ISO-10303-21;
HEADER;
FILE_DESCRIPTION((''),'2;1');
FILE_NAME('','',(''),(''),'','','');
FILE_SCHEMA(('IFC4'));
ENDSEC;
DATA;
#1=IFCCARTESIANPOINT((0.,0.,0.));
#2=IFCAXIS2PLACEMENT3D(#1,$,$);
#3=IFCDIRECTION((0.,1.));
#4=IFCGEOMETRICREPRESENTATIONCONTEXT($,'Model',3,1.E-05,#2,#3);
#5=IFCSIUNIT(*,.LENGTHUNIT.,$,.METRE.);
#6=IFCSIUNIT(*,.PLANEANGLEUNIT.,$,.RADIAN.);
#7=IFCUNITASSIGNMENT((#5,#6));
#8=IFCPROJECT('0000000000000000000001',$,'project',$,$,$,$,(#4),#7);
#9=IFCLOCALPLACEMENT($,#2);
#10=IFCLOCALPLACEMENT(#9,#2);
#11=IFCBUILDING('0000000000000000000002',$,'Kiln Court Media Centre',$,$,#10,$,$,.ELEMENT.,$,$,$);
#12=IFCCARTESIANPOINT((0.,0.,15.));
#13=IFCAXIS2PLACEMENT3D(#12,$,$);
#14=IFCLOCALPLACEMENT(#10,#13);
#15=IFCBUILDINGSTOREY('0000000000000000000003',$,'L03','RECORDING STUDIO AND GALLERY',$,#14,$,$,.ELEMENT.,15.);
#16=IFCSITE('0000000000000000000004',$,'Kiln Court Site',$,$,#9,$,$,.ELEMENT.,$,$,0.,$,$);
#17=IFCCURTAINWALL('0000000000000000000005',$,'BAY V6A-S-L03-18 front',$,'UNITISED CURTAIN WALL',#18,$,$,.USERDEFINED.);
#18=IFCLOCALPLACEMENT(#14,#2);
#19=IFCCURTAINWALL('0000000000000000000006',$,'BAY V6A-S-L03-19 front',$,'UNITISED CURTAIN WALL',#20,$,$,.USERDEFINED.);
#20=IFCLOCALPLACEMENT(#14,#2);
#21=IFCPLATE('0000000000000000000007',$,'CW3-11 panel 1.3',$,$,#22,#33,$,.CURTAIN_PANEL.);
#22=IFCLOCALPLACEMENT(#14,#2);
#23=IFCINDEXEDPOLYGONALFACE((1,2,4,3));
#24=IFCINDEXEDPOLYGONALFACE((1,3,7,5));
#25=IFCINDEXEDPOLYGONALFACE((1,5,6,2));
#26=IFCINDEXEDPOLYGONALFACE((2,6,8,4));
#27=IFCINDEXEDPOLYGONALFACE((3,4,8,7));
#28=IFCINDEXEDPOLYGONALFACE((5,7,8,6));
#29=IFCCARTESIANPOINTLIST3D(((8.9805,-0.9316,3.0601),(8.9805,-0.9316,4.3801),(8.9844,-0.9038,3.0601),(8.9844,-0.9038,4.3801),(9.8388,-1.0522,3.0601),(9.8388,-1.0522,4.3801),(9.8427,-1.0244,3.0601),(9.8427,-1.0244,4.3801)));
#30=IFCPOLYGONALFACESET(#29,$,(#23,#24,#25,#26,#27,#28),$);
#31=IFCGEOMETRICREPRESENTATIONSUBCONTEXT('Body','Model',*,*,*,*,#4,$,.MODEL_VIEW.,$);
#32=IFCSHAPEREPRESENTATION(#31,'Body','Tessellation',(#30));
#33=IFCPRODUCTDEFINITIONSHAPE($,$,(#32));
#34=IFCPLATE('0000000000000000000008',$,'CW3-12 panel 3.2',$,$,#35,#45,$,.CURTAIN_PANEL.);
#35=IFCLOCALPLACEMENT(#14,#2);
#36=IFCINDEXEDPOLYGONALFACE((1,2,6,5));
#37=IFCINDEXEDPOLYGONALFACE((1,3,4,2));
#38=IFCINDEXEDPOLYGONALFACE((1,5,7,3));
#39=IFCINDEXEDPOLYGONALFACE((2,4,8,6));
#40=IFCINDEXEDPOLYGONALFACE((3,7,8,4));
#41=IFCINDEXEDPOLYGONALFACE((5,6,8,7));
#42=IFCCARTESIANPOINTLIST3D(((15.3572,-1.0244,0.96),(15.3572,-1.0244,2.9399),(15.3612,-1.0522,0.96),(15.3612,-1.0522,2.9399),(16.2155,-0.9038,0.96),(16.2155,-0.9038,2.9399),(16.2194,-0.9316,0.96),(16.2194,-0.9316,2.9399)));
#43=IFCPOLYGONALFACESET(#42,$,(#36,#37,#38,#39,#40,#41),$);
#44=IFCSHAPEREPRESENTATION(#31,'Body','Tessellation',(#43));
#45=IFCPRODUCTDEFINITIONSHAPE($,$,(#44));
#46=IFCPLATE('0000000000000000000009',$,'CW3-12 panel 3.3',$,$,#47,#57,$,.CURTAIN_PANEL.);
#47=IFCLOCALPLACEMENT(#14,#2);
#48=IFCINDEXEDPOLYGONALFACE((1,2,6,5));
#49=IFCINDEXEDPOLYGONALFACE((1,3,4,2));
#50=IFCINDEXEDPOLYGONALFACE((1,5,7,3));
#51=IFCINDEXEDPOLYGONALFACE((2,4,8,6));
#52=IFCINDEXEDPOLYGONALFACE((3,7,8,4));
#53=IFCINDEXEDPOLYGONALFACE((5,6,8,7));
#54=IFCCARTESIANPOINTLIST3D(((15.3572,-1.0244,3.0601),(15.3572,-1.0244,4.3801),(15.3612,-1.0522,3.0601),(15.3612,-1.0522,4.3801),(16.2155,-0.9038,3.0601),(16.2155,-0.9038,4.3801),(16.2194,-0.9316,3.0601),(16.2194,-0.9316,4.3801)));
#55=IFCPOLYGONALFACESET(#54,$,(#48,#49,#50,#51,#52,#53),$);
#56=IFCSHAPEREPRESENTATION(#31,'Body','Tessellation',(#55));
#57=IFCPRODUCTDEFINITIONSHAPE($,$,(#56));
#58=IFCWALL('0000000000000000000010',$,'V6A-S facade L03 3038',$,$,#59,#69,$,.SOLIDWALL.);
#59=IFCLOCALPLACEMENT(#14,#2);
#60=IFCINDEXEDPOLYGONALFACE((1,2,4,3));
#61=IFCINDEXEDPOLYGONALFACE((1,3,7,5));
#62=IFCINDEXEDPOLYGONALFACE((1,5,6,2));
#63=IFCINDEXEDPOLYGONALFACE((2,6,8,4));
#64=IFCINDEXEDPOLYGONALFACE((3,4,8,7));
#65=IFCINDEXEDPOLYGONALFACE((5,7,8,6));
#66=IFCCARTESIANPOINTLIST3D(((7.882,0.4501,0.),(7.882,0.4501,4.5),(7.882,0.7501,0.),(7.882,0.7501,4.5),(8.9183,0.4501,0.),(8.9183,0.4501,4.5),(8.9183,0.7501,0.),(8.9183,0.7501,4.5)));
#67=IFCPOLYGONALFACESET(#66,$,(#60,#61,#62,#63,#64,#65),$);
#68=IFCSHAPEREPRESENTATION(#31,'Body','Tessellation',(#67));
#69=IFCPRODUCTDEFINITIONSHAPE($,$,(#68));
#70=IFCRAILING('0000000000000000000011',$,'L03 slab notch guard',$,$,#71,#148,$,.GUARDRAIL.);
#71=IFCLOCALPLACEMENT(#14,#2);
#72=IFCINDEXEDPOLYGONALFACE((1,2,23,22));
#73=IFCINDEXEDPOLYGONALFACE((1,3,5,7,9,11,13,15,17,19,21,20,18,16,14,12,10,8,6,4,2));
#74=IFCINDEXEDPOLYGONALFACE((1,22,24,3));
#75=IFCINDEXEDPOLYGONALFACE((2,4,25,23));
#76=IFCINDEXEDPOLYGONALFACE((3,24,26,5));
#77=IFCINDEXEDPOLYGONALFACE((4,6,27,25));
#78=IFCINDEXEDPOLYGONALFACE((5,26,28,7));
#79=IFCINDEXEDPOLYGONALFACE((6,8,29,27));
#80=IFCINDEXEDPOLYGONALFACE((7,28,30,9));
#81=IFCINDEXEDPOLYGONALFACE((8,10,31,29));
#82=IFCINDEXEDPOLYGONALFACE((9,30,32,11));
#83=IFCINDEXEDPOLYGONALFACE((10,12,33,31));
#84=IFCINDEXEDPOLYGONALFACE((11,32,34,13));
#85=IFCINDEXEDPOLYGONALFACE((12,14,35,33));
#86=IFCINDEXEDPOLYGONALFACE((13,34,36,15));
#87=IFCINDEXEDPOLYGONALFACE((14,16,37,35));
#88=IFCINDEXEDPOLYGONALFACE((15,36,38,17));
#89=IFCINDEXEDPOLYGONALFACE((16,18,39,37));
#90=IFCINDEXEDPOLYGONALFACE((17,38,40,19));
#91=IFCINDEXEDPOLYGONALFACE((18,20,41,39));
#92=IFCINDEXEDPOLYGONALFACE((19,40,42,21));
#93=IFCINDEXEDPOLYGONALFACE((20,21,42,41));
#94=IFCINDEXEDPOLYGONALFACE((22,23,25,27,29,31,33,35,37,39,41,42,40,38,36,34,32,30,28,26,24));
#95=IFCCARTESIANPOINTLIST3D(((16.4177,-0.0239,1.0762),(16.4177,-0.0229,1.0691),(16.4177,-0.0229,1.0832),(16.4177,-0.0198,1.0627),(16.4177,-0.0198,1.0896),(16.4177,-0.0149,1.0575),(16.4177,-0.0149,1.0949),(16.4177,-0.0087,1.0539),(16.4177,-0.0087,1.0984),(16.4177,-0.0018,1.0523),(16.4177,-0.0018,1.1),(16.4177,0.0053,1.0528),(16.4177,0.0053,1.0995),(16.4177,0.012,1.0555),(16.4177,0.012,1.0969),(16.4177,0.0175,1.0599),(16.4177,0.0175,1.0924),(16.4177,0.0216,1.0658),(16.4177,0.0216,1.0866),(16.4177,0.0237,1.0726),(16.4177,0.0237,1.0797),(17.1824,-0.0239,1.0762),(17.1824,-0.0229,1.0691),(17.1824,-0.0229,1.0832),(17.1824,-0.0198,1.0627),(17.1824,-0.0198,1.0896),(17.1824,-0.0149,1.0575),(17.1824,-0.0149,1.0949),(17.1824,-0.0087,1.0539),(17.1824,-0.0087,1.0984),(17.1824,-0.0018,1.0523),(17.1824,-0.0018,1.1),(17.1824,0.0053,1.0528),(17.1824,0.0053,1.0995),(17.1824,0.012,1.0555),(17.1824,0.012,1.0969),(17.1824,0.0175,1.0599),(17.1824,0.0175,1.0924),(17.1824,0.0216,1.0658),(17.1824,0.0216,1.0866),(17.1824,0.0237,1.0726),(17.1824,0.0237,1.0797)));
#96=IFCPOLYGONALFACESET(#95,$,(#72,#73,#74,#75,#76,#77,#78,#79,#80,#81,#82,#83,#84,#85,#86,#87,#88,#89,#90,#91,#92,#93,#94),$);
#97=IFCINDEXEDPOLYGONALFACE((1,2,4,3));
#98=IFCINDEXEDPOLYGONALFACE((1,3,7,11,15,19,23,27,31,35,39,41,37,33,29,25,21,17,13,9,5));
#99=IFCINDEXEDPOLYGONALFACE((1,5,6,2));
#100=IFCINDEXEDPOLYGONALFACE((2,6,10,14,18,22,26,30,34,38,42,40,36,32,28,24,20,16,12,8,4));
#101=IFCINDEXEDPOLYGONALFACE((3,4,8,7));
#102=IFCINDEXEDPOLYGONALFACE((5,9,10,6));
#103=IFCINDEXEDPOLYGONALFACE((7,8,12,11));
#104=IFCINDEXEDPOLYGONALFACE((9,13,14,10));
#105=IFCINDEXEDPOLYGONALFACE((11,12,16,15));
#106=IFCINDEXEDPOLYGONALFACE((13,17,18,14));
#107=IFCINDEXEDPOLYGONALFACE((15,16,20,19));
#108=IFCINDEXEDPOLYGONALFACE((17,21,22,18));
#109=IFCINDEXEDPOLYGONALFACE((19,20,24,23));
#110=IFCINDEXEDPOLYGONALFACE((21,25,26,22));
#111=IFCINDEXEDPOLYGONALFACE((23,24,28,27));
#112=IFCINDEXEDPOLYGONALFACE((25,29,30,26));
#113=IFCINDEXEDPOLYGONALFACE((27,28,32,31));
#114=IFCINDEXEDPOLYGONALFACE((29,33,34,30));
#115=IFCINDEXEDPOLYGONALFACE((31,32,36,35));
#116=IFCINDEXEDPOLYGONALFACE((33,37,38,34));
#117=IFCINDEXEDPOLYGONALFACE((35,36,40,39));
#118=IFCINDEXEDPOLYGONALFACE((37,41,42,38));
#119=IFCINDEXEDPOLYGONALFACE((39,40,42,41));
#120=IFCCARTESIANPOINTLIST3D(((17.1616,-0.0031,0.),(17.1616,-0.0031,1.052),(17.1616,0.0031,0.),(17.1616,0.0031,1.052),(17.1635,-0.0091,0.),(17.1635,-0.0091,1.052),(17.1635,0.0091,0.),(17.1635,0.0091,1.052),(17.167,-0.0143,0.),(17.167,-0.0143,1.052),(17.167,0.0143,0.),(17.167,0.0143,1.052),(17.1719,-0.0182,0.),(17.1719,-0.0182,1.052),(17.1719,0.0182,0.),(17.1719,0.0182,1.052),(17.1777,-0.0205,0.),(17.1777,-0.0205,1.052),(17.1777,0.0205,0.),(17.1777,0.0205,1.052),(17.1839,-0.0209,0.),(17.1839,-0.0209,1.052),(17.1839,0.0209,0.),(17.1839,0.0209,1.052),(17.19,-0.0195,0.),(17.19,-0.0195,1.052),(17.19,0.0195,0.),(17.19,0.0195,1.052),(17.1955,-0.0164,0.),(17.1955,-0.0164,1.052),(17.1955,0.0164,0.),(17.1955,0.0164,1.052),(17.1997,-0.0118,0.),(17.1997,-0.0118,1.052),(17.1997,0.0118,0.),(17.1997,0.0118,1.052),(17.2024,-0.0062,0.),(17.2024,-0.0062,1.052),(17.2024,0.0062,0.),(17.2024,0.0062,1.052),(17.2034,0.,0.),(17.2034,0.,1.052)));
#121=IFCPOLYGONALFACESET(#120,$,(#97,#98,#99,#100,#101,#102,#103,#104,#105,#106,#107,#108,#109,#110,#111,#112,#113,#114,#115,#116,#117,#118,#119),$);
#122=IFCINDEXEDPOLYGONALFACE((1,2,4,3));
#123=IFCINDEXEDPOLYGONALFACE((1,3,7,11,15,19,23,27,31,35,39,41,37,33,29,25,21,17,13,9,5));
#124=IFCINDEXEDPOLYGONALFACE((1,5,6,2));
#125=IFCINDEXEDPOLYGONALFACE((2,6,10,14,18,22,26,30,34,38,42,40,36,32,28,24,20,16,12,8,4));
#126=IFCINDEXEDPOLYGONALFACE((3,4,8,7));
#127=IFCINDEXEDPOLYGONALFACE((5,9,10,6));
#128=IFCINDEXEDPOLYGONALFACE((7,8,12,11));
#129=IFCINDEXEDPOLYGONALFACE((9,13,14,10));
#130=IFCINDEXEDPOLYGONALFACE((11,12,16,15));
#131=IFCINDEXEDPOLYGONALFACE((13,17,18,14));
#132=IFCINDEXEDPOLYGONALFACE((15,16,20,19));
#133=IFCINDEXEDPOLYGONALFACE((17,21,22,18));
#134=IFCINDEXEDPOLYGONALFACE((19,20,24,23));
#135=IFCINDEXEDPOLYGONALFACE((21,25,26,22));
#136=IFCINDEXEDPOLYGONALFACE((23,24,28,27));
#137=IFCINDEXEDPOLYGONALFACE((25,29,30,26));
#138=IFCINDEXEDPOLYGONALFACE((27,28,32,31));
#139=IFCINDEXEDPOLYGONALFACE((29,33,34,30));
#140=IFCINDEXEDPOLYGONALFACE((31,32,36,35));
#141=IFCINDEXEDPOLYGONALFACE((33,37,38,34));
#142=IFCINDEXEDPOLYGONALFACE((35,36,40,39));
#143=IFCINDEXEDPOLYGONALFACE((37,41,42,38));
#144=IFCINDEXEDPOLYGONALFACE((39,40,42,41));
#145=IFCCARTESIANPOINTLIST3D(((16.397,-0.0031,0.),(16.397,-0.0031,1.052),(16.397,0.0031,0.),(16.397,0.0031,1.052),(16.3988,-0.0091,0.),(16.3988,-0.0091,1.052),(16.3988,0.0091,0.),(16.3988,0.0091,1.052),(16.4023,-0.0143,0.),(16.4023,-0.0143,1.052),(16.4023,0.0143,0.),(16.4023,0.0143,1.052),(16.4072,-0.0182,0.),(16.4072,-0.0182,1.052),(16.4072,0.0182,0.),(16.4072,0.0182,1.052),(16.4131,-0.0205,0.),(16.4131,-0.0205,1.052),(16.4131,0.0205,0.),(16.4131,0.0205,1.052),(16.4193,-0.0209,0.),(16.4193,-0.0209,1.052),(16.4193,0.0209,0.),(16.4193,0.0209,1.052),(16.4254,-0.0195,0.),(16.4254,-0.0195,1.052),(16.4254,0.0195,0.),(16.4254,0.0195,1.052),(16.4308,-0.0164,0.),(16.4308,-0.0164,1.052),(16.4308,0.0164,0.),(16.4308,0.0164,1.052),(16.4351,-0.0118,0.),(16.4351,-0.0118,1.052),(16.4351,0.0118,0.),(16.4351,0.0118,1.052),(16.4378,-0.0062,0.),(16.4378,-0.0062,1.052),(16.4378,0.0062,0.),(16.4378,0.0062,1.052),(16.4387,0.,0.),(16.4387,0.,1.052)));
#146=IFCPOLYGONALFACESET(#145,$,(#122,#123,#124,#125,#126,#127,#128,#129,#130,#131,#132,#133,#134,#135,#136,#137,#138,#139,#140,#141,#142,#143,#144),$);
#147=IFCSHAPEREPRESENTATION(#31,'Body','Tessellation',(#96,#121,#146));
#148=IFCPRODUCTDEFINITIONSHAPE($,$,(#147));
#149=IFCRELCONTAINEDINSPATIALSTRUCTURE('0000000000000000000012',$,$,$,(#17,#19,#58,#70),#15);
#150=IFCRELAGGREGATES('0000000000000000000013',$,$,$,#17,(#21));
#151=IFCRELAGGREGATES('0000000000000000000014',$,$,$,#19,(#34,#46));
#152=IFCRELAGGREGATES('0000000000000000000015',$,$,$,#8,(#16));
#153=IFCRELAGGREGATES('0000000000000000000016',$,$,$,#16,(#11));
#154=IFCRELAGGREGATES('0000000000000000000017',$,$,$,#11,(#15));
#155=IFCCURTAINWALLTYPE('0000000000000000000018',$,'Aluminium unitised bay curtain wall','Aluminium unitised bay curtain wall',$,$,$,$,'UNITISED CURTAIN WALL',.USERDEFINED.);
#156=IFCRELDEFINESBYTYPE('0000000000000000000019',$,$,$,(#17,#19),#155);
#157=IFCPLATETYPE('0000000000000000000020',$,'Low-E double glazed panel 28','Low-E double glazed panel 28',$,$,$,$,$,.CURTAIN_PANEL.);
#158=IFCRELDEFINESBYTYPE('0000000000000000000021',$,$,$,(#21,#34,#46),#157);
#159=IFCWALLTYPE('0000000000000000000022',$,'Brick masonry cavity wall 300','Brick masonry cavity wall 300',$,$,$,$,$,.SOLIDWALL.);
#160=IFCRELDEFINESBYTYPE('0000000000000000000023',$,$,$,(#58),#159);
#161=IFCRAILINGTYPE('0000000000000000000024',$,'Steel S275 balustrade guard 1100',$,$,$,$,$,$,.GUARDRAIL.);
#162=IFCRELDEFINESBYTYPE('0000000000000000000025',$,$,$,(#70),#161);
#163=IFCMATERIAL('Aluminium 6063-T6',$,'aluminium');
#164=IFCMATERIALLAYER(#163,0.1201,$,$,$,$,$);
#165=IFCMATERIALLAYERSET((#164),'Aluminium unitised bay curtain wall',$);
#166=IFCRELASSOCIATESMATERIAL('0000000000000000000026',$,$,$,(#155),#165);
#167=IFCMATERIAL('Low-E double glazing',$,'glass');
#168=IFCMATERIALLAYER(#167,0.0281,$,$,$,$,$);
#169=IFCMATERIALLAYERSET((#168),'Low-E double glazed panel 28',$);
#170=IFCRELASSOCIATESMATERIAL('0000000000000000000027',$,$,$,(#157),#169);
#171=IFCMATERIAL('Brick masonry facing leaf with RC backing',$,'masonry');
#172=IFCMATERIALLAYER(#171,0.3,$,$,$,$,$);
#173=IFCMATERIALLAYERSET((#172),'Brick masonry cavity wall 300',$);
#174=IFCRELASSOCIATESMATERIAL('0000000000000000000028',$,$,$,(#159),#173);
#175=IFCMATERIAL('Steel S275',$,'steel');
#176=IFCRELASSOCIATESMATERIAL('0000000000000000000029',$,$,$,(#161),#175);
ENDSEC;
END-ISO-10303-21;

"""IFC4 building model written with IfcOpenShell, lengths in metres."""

from ifc_helpers import new_model, si_unit, direction, frame, frame_2d, origin, origin_2d, place, context, subcontext, project, spatial, rectangle, circle, extrude, material, layer, layer_set, type_object, element, aggregate, save


model = new_model("IFC4")

# Units and contexts
model_context = context("Model", 3, precision=1e-05, world=origin(), true_north=direction((0.0, 1.0)))
body_context = subcontext(model_context, "Body", "Model", "MODEL_VIEW")
ifc_project = project(units=[si_unit("LENGTHUNIT", "METRE"), si_unit("PLANEANGLEUNIT", "RADIAN")], contexts=[model_context])

# Site, building, storey
site_placement = place(None, origin())
site = spatial("IfcSite", under=ifc_project, at=site_placement, Name="Kiln Court Site", CompositionType="ELEMENT", RefElevation=0.0)
building_placement = place(site_placement, origin())
building = spatial("IfcBuilding", under=site, at=building_placement, Name="Kiln Court Media Centre", CompositionType="ELEMENT")
storey_placement = place(building_placement, frame((0.0, 0.0, 15.0)))
storey = spatial("IfcBuildingStorey", under=building, at=storey_placement, Name="L03", Description="RECORDING STUDIO AND GALLERY", CompositionType="ELEMENT", Elevation=15.0)

# Curtain walls
ifc_material_1 = material(Name="Aluminium 6063-T6", Category="aluminium")
ifc_layer_1 = layer(ifc_material_1, 0.1201)
ifc_layer_set_1 = layer_set([ifc_layer_1], Name="Aluminium unitised bay curtain wall")
curtain_wall_type = type_object("IfcCurtainWallType", Name="Aluminium unitised bay curtain wall", Description="Aluminium unitised bay curtain wall", ElementType="UNITISED CURTAIN WALL", PredefinedType="USERDEFINED", material=ifc_layer_set_1)
curtain_wall_1_placement = place(storey_placement, origin())
curtain_wall_1 = element("IfcCurtainWall", 1, at=curtain_wall_1_placement, inside=storey, type_object=curtain_wall_type, Name="BAY V6A-S-L03-18 front", ObjectType="UNITISED CURTAIN WALL", PredefinedType="USERDEFINED")
curtain_wall_2_placement = place(storey_placement, origin())
curtain_wall_2 = element("IfcCurtainWall", 2, at=curtain_wall_2_placement, inside=storey, type_object=curtain_wall_type, Name="BAY V6A-S-L03-19 front", ObjectType="UNITISED CURTAIN WALL", PredefinedType="USERDEFINED")

# Plates
ifc_material_2 = material(Name="Low-E double glazing", Category="glass")
ifc_layer_2 = layer(ifc_material_2, 0.0281)
ifc_layer_set_2 = layer_set([ifc_layer_2], Name="Low-E double glazed panel 28")
plate_type_1 = type_object("IfcPlateType", Name="Low-E double glazed panel 28", Description="Low-E double glazed panel 28", PredefinedType="CURTAIN_PANEL", material=ifc_layer_set_2)
plate_1_placement = place(storey_placement, frame((9.4116, -0.978, 3.0601), z_axis=(0.0, 0.0, 1.0), x_axis=(0.99027, -0.139162, 0.0)))
plate_1 = element("IfcPlate", 3, at=plate_1_placement, type_object=plate_type_1, Name="CW3-11 panel 1.3", PredefinedType="CURTAIN_PANEL", context=body_context, shape_type="SweptSolid", body=[
    extrude(rectangle(XDim=0.8667, YDim=0.0281, at=origin_2d()), origin(), (0.0, 0.0, 1.0), 1.3201),
])
aggregate(curtain_wall_1, [plate_1])
plate_2_placement = place(storey_placement, frame((15.7883, -0.978, 0.96), z_axis=(0.0, 0.0, 1.0), x_axis=(0.99027, 0.139162, 0.0)))
plate_2 = element("IfcPlate", 4, at=plate_2_placement, type_object=plate_type_1, Name="CW3-12 panel 3.2", PredefinedType="CURTAIN_PANEL", context=body_context, shape_type="SweptSolid", body=[
    extrude(rectangle(XDim=0.8667, YDim=0.0281, at=origin_2d()), origin(), (0.0, 0.0, 1.0), 1.98),
])
plate_3_placement = place(storey_placement, frame((15.7883, -0.978, 3.0601), z_axis=(0.0, 0.0, 1.0), x_axis=(0.99027, 0.139162, 0.0)))
plate_3 = element("IfcPlate", 5, at=plate_3_placement, type_object=plate_type_1, Name="CW3-12 panel 3.3", PredefinedType="CURTAIN_PANEL", context=body_context, shape_type="SweptSolid", body=[
    extrude(rectangle(XDim=0.8667, YDim=0.0281, at=origin_2d()), origin(), (0.0, 0.0, 1.0), 1.3201),
])
aggregate(curtain_wall_2, [plate_2, plate_3])

# Wall
ifc_material_3 = material(Name="Brick masonry facing leaf with RC backing", Category="masonry")
ifc_layer_3 = layer(ifc_material_3, 0.3)
ifc_layer_set_3 = layer_set([ifc_layer_3], Name="Brick masonry cavity wall 300")
wall_type = type_object("IfcWallType", Name="Brick masonry cavity wall 300", Description="Brick masonry cavity wall 300", PredefinedType="SOLIDWALL", material=ifc_layer_set_3)
wall_placement = place(storey_placement, frame((8.9182, 0.6001, 0.0), z_axis=(0.0, 0.0, 1.0), x_axis=(-1.0, 0.0, 0.0)))
element("IfcWall", 6, at=wall_placement, inside=storey, type_object=wall_type, Name="V6A-S facade L03 3038", PredefinedType="SOLIDWALL", context=body_context, shape_type="SweptSolid", body=[
    extrude(rectangle(XDim=1.0364, YDim=0.3, at=frame_2d((0.5181, 0.0))), origin(), (0.0, 0.0, 1.0), 4.5),
])

# Railing
ifc_material_4 = material(Name="Steel S275", Category="steel")
railing_type = type_object("IfcRailingType", Name="Steel S275 balustrade guard 1100", PredefinedType="GUARDRAIL", material=ifc_material_4)
for number, where, name in (
    (7, (17.1824, 0.0, 0.0), "L03 slab notch guard"),
):
    element("IfcRailing", number, at=place(storey_placement, frame(where)), inside=storey, type_object=railing_type, Name=name, PredefinedType="GUARDRAIL", context=body_context, shape_type="SweptSolid", body=[
        extrude(circle(Radius=0.0239, at=origin_2d()), frame((0.0, 0.0, 1.0762), z_axis=(-1.0, 0.0, 0.0), x_axis=(0.0, -1.0, 0.0)), (0.0, 0.0, 1.0), 0.7646),
        extrude(circle(Radius=0.021, at=origin_2d()), origin(), (0.0, 0.0, 1.0), 1.052),
        extrude(circle(Radius=0.021, at=origin_2d()), frame((-0.7646, 0.0, 0.0)), (0.0, 0.0, 1.0), 1.052),
    ])

save(model, "model.ifc")
